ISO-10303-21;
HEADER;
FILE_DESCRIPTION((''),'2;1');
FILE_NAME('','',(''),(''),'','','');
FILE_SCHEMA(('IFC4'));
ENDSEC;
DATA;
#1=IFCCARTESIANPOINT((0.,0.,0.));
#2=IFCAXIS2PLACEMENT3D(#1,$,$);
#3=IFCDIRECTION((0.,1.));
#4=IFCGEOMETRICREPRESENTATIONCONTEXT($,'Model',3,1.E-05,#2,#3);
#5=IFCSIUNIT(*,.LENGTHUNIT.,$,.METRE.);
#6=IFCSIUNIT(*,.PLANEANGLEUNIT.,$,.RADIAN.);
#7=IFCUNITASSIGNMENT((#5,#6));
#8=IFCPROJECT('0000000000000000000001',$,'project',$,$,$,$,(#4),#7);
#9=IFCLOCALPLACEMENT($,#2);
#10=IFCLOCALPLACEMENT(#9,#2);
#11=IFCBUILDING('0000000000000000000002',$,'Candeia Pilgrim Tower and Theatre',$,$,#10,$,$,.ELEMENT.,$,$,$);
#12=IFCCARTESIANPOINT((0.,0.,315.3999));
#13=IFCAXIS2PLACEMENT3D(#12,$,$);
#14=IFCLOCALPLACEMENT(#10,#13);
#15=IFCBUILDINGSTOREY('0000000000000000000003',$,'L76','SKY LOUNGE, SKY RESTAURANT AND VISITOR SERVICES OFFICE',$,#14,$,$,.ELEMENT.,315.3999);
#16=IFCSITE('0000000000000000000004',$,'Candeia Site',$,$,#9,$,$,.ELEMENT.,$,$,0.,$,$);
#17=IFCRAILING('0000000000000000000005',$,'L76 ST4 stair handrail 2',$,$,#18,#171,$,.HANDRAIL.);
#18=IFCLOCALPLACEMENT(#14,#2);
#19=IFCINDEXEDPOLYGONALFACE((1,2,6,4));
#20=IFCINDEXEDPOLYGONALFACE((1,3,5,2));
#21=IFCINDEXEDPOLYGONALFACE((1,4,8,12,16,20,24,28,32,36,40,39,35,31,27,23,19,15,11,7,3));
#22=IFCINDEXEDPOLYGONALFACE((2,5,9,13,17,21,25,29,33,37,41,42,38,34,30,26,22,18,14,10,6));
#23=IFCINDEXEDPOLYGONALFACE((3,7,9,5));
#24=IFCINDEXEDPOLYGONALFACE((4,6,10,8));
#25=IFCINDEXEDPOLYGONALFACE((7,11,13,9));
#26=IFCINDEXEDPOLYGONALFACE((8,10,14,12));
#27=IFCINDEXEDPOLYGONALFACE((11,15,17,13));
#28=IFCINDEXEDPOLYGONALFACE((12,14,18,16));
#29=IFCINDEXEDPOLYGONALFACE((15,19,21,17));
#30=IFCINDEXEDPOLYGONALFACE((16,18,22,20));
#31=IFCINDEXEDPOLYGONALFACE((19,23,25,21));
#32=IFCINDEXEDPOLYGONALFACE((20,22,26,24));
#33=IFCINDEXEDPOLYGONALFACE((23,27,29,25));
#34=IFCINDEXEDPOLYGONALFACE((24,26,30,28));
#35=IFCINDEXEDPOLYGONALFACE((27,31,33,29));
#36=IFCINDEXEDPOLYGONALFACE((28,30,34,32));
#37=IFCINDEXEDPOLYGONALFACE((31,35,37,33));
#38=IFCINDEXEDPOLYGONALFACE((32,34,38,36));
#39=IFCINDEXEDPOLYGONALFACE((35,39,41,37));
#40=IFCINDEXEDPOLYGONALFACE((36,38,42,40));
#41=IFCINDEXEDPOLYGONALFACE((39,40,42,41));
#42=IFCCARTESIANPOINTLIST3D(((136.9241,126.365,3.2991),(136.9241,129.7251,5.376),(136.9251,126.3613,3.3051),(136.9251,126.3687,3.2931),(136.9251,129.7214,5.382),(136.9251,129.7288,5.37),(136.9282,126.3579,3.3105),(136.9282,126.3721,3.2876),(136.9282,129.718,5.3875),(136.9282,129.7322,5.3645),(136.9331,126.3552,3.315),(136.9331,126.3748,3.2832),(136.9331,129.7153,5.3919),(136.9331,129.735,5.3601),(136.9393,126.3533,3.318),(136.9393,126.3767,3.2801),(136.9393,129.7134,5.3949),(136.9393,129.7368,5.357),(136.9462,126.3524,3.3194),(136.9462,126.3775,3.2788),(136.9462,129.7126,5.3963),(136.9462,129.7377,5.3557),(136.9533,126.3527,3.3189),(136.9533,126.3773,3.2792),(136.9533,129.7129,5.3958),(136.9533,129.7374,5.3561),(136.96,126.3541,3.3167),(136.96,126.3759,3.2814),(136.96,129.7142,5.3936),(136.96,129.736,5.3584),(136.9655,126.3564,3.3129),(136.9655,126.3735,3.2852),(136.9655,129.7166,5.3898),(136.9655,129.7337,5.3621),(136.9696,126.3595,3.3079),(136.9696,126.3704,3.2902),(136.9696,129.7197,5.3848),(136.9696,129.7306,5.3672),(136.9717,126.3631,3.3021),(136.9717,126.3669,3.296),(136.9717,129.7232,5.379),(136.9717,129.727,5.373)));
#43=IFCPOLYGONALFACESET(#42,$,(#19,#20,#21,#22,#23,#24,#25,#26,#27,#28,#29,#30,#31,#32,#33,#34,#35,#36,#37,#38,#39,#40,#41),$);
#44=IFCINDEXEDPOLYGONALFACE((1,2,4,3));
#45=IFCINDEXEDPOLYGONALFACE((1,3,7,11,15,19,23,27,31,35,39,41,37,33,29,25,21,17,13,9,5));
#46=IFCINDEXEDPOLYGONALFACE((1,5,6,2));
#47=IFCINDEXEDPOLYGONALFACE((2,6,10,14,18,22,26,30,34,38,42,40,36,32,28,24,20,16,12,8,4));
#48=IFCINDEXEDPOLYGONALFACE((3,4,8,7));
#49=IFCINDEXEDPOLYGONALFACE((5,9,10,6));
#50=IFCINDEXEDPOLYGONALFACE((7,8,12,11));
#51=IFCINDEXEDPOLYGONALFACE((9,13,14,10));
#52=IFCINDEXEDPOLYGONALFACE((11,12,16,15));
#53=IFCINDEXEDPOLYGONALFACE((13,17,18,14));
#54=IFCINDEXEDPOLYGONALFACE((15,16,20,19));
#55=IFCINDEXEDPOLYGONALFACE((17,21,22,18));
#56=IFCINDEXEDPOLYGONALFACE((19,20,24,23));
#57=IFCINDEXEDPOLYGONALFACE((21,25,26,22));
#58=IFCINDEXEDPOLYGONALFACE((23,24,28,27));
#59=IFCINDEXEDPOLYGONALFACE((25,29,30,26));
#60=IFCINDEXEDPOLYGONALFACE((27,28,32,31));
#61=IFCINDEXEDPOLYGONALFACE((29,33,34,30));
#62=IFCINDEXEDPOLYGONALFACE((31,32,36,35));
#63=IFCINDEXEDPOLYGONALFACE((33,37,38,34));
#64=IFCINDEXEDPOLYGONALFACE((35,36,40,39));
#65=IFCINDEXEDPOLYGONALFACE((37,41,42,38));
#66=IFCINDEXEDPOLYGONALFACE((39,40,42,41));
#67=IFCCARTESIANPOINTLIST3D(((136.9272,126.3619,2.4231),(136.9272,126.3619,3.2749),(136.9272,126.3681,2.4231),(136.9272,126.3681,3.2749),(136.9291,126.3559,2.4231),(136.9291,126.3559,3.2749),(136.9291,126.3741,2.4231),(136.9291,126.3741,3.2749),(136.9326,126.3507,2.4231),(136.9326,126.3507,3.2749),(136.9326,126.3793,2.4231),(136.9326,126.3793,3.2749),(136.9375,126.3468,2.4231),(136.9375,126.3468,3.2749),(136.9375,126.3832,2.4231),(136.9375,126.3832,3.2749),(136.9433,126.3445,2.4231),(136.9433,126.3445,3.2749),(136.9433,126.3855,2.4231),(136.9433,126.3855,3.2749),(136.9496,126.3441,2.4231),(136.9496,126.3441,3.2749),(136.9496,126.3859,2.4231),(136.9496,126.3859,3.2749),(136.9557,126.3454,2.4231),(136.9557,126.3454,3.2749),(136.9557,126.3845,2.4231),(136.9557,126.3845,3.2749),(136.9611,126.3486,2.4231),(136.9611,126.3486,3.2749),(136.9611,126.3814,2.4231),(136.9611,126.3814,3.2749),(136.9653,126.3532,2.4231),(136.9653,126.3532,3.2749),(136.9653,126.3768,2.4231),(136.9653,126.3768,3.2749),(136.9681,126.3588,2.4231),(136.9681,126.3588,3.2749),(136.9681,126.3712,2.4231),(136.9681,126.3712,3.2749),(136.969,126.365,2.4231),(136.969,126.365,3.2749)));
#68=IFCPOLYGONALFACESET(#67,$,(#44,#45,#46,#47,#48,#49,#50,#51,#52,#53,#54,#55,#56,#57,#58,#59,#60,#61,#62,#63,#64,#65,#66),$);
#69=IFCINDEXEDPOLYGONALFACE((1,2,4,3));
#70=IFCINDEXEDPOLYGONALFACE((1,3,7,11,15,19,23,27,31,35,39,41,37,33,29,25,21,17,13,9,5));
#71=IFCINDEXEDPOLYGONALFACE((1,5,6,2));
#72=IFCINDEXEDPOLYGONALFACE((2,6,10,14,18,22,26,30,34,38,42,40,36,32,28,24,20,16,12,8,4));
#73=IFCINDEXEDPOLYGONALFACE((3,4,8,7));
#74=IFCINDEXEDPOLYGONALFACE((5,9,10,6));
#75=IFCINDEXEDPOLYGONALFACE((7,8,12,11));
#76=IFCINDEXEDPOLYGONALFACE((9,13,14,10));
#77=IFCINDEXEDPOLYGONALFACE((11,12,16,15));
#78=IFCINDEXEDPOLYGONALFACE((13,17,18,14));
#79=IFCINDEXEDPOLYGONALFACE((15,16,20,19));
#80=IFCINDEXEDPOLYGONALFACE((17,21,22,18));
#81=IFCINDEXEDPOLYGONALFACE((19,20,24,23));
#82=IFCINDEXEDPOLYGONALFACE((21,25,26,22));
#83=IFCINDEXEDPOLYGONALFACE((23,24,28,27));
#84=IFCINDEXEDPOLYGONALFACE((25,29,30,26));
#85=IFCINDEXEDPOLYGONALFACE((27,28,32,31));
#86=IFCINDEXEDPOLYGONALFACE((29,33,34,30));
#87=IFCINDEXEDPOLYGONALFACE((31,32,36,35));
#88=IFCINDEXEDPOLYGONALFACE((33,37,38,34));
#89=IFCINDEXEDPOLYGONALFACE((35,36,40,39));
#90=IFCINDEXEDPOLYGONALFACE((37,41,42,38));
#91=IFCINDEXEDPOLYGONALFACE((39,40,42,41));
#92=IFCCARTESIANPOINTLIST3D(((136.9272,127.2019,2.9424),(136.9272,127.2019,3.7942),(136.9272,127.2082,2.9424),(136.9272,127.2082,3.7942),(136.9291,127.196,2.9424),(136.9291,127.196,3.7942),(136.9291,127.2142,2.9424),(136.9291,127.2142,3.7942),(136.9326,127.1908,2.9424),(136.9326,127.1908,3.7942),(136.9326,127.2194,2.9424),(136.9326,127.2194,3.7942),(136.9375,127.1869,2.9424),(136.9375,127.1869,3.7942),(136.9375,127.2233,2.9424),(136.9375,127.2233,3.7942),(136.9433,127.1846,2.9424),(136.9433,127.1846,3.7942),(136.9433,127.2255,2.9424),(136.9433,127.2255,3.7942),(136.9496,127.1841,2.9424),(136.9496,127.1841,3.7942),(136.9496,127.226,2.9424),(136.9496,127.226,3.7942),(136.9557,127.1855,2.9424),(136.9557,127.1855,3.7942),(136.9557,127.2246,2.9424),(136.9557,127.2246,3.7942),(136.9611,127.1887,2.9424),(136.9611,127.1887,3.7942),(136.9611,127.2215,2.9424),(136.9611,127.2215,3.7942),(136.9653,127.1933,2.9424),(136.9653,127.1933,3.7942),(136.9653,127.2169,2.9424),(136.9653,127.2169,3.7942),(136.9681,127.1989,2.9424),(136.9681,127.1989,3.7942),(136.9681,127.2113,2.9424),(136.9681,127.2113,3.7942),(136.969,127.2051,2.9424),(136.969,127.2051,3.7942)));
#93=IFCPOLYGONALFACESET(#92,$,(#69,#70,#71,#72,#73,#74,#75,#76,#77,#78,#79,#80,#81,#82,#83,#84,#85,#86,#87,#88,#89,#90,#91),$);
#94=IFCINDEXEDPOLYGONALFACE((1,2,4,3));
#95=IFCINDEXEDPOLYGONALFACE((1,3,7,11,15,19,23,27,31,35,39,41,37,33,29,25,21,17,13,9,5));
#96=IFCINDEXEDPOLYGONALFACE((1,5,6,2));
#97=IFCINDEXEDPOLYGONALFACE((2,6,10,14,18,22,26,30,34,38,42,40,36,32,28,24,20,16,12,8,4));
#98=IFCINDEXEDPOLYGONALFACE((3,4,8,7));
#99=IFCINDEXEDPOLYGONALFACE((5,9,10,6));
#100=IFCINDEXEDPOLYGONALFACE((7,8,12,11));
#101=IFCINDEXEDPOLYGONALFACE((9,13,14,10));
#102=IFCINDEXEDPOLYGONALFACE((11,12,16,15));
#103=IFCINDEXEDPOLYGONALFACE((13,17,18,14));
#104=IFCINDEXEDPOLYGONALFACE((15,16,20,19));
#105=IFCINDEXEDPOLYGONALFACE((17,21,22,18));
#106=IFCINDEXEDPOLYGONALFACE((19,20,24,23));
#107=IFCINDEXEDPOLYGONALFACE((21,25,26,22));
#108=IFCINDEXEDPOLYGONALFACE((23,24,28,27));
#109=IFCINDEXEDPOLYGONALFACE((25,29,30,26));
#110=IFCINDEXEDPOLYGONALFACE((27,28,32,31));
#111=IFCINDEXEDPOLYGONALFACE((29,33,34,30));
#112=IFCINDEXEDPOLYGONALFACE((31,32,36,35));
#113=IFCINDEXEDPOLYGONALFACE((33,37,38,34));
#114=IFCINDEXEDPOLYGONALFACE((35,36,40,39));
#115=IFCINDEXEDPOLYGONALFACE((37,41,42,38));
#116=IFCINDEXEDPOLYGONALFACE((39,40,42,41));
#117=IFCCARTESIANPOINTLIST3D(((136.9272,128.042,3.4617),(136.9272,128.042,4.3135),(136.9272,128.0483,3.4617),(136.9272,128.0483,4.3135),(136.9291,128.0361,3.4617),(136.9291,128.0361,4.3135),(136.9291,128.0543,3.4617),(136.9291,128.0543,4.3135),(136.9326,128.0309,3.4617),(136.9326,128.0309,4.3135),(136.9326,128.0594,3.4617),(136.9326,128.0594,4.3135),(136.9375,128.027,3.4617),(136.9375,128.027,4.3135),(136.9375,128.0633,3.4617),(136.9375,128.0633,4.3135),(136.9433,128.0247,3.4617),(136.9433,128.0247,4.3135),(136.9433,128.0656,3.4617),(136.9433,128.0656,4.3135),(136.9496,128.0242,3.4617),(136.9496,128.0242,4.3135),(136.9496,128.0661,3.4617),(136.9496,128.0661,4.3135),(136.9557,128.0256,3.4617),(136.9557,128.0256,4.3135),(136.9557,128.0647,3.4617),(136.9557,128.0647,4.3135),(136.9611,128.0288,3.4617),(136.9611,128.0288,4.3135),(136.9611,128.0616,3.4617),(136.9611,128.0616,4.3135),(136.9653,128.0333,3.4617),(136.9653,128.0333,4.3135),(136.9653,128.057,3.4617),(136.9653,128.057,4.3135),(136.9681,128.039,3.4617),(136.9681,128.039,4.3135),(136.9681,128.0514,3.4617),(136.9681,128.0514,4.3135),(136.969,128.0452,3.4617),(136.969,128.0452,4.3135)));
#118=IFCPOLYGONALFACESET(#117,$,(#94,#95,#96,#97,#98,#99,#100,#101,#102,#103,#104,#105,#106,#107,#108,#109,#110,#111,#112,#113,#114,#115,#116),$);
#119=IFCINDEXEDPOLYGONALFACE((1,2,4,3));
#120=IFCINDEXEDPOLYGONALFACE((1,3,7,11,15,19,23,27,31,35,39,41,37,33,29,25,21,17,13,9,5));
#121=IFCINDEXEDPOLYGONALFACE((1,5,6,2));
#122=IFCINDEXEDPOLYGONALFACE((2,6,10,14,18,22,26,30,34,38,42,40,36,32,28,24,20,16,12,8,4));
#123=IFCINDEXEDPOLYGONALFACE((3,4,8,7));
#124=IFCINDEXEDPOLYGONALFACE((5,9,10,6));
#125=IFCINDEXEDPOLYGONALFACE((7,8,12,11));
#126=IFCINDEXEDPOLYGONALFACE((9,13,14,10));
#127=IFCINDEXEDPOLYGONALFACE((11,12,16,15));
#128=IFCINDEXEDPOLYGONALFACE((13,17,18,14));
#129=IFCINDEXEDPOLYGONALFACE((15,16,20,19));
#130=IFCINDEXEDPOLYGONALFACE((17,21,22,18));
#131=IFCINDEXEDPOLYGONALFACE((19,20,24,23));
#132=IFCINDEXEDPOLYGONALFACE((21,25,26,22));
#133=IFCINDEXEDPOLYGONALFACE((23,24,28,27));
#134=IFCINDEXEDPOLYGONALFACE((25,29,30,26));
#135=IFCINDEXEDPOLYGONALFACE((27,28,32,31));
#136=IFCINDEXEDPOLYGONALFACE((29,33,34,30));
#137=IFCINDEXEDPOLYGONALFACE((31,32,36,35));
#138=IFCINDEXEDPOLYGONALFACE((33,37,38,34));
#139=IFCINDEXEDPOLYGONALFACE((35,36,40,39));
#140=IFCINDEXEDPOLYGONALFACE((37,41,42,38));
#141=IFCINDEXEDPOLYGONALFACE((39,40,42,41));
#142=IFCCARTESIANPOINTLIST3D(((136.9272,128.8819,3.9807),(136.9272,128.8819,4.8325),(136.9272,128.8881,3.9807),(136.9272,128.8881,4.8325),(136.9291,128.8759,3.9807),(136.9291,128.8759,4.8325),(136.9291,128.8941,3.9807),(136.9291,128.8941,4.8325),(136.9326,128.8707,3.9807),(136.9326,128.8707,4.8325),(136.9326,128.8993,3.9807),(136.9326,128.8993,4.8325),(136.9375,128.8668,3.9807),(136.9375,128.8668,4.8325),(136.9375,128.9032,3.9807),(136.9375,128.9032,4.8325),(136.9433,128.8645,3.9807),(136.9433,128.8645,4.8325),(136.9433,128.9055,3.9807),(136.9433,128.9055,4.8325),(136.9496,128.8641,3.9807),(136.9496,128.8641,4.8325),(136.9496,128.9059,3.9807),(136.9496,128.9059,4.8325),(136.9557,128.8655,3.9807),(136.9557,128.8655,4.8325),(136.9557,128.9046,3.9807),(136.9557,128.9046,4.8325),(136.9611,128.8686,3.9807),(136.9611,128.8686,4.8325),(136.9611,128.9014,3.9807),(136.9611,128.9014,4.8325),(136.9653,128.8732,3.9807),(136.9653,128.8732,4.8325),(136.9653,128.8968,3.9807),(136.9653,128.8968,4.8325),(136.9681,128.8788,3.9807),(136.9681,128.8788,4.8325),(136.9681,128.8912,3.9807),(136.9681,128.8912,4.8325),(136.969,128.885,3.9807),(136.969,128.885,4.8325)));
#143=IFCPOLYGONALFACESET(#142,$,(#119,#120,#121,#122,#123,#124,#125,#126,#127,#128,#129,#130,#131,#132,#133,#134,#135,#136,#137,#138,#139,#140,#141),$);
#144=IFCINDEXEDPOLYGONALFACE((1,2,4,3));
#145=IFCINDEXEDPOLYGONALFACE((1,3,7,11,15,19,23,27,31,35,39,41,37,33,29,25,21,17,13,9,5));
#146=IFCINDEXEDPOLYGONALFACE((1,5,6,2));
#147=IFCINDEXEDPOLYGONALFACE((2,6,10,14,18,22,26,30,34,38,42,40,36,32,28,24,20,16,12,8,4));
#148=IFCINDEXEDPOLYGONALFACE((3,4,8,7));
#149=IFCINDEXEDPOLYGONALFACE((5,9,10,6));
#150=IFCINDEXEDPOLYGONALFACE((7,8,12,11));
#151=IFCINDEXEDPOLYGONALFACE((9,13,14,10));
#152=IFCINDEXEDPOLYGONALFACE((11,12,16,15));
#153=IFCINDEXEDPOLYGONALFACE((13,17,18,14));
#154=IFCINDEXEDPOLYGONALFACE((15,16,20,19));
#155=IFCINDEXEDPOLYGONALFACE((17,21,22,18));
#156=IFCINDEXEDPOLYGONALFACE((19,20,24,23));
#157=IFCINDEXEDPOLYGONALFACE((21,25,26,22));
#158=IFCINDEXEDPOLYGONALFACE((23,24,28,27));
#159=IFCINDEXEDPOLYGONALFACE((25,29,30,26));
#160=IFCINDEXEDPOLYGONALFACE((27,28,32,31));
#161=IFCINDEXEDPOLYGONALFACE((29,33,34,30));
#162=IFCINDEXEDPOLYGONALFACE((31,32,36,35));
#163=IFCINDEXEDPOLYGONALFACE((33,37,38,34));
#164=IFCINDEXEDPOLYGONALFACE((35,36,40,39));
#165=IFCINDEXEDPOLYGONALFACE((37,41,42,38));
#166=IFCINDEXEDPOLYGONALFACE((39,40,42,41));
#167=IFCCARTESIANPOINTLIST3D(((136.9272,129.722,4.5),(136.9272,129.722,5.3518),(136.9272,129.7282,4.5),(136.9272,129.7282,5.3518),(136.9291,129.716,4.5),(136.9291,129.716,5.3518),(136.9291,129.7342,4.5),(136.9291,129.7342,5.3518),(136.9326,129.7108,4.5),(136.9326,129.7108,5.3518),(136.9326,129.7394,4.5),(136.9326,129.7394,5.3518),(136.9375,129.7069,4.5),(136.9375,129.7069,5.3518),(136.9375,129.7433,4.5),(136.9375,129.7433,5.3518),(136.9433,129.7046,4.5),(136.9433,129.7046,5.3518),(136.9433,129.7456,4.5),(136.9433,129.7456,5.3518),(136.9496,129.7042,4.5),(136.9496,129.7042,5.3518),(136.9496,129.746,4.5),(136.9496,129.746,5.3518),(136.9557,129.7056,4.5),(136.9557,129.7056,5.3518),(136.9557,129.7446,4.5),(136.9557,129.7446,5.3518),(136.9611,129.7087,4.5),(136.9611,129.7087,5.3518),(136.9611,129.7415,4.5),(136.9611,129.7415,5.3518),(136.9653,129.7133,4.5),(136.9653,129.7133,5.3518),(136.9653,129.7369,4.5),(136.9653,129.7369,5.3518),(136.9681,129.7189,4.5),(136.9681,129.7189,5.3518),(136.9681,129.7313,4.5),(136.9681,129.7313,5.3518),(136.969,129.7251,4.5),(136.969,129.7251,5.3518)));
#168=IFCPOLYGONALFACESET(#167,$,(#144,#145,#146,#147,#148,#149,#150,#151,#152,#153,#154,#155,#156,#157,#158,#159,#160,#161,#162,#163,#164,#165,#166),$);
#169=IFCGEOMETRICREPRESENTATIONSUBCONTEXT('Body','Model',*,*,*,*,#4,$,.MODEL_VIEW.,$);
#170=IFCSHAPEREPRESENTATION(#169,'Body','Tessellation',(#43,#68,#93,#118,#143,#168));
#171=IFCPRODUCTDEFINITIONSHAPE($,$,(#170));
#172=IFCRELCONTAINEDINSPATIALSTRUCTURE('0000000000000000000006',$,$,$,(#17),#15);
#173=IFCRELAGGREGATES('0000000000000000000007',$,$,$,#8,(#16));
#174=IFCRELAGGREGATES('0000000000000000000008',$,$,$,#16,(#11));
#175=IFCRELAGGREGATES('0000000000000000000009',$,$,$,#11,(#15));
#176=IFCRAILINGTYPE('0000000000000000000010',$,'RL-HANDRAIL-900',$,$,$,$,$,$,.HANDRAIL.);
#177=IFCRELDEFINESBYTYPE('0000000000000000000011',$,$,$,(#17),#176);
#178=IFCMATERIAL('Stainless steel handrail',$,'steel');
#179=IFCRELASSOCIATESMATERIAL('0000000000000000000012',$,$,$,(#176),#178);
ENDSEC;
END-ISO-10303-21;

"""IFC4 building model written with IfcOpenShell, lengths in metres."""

from ifc_helpers import new_model, si_unit, direction, frame, origin, origin_2d, place, context, subcontext, project, spatial, circle, extrude, material, type_object, element, save


model = new_model("IFC4")

# Units and contexts
model_context = context("Model", 3, precision=1e-05, world=origin(), true_north=direction((0.0, 1.0)))
body_context = subcontext(model_context, "Body", "Model", "MODEL_VIEW")
ifc_project = project(units=[si_unit("LENGTHUNIT", "METRE"), si_unit("PLANEANGLEUNIT", "RADIAN")], contexts=[model_context])

# Site, building, storey
site_placement = place(None, origin())
site = spatial("IfcSite", under=ifc_project, at=site_placement, Name="Candeia Site", CompositionType="ELEMENT", RefElevation=0.0)
building_placement = place(site_placement, origin())
building = spatial("IfcBuilding", under=site, at=building_placement, Name="Candeia Pilgrim Tower and Theatre", CompositionType="ELEMENT")
storey_placement = place(building_placement, frame((0.0, 0.0, 315.3999)))
storey = spatial("IfcBuildingStorey", under=building, at=storey_placement, Name="L76", Description="SKY LOUNGE, SKY RESTAURANT AND VISITOR SERVICES OFFICE", CompositionType="ELEMENT", Elevation=315.3999)

# Railing
ifc_material_1 = material(Name="Stainless steel handrail", Category="steel")
railing_type_1 = type_object("IfcRailingType", Name="RL-HANDRAIL-900", PredefinedType="HANDRAIL", material=ifc_material_1)
for number, where, name in (
    (1, (136.948, 126.365, 2.4231), "L76 ST4 stair handrail 2"),
):
    element("IfcRailing", number, at=place(storey_placement, frame(where)), inside=storey, type_object=railing_type_1, Name=name, PredefinedType="HANDRAIL", context=body_context, shape_type="SweptSolid", body=[
        extrude(circle(Radius=0.0239, at=origin_2d()), frame((0.0, 0.0, 0.876), z_axis=(0.0, 0.850623, 0.525776), x_axis=(-1.0, 0.0, 0.0)), (0.0, 0.0, 1.0), 3.9502),
        extrude(circle(Radius=0.021, at=origin_2d()), origin(), (0.0, 0.0, 1.0), 0.8518),
        extrude(circle(Radius=0.021, at=origin_2d()), frame((0.0, 0.8401, 0.5193)), (0.0, 0.0, 1.0), 0.8518),
        extrude(circle(Radius=0.021, at=origin_2d()), frame((0.0, 1.6802, 1.0386)), (0.0, 0.0, 1.0), 0.8518),
        extrude(circle(Radius=0.021, at=origin_2d()), frame((0.0, 2.52, 1.5576)), (0.0, 0.0, 1.0), 0.8518),
        extrude(circle(Radius=0.021, at=origin_2d()), frame((0.0, 3.3601, 2.0769)), (0.0, 0.0, 1.0), 0.8518),
    ])

save(model, "model.ifc")
